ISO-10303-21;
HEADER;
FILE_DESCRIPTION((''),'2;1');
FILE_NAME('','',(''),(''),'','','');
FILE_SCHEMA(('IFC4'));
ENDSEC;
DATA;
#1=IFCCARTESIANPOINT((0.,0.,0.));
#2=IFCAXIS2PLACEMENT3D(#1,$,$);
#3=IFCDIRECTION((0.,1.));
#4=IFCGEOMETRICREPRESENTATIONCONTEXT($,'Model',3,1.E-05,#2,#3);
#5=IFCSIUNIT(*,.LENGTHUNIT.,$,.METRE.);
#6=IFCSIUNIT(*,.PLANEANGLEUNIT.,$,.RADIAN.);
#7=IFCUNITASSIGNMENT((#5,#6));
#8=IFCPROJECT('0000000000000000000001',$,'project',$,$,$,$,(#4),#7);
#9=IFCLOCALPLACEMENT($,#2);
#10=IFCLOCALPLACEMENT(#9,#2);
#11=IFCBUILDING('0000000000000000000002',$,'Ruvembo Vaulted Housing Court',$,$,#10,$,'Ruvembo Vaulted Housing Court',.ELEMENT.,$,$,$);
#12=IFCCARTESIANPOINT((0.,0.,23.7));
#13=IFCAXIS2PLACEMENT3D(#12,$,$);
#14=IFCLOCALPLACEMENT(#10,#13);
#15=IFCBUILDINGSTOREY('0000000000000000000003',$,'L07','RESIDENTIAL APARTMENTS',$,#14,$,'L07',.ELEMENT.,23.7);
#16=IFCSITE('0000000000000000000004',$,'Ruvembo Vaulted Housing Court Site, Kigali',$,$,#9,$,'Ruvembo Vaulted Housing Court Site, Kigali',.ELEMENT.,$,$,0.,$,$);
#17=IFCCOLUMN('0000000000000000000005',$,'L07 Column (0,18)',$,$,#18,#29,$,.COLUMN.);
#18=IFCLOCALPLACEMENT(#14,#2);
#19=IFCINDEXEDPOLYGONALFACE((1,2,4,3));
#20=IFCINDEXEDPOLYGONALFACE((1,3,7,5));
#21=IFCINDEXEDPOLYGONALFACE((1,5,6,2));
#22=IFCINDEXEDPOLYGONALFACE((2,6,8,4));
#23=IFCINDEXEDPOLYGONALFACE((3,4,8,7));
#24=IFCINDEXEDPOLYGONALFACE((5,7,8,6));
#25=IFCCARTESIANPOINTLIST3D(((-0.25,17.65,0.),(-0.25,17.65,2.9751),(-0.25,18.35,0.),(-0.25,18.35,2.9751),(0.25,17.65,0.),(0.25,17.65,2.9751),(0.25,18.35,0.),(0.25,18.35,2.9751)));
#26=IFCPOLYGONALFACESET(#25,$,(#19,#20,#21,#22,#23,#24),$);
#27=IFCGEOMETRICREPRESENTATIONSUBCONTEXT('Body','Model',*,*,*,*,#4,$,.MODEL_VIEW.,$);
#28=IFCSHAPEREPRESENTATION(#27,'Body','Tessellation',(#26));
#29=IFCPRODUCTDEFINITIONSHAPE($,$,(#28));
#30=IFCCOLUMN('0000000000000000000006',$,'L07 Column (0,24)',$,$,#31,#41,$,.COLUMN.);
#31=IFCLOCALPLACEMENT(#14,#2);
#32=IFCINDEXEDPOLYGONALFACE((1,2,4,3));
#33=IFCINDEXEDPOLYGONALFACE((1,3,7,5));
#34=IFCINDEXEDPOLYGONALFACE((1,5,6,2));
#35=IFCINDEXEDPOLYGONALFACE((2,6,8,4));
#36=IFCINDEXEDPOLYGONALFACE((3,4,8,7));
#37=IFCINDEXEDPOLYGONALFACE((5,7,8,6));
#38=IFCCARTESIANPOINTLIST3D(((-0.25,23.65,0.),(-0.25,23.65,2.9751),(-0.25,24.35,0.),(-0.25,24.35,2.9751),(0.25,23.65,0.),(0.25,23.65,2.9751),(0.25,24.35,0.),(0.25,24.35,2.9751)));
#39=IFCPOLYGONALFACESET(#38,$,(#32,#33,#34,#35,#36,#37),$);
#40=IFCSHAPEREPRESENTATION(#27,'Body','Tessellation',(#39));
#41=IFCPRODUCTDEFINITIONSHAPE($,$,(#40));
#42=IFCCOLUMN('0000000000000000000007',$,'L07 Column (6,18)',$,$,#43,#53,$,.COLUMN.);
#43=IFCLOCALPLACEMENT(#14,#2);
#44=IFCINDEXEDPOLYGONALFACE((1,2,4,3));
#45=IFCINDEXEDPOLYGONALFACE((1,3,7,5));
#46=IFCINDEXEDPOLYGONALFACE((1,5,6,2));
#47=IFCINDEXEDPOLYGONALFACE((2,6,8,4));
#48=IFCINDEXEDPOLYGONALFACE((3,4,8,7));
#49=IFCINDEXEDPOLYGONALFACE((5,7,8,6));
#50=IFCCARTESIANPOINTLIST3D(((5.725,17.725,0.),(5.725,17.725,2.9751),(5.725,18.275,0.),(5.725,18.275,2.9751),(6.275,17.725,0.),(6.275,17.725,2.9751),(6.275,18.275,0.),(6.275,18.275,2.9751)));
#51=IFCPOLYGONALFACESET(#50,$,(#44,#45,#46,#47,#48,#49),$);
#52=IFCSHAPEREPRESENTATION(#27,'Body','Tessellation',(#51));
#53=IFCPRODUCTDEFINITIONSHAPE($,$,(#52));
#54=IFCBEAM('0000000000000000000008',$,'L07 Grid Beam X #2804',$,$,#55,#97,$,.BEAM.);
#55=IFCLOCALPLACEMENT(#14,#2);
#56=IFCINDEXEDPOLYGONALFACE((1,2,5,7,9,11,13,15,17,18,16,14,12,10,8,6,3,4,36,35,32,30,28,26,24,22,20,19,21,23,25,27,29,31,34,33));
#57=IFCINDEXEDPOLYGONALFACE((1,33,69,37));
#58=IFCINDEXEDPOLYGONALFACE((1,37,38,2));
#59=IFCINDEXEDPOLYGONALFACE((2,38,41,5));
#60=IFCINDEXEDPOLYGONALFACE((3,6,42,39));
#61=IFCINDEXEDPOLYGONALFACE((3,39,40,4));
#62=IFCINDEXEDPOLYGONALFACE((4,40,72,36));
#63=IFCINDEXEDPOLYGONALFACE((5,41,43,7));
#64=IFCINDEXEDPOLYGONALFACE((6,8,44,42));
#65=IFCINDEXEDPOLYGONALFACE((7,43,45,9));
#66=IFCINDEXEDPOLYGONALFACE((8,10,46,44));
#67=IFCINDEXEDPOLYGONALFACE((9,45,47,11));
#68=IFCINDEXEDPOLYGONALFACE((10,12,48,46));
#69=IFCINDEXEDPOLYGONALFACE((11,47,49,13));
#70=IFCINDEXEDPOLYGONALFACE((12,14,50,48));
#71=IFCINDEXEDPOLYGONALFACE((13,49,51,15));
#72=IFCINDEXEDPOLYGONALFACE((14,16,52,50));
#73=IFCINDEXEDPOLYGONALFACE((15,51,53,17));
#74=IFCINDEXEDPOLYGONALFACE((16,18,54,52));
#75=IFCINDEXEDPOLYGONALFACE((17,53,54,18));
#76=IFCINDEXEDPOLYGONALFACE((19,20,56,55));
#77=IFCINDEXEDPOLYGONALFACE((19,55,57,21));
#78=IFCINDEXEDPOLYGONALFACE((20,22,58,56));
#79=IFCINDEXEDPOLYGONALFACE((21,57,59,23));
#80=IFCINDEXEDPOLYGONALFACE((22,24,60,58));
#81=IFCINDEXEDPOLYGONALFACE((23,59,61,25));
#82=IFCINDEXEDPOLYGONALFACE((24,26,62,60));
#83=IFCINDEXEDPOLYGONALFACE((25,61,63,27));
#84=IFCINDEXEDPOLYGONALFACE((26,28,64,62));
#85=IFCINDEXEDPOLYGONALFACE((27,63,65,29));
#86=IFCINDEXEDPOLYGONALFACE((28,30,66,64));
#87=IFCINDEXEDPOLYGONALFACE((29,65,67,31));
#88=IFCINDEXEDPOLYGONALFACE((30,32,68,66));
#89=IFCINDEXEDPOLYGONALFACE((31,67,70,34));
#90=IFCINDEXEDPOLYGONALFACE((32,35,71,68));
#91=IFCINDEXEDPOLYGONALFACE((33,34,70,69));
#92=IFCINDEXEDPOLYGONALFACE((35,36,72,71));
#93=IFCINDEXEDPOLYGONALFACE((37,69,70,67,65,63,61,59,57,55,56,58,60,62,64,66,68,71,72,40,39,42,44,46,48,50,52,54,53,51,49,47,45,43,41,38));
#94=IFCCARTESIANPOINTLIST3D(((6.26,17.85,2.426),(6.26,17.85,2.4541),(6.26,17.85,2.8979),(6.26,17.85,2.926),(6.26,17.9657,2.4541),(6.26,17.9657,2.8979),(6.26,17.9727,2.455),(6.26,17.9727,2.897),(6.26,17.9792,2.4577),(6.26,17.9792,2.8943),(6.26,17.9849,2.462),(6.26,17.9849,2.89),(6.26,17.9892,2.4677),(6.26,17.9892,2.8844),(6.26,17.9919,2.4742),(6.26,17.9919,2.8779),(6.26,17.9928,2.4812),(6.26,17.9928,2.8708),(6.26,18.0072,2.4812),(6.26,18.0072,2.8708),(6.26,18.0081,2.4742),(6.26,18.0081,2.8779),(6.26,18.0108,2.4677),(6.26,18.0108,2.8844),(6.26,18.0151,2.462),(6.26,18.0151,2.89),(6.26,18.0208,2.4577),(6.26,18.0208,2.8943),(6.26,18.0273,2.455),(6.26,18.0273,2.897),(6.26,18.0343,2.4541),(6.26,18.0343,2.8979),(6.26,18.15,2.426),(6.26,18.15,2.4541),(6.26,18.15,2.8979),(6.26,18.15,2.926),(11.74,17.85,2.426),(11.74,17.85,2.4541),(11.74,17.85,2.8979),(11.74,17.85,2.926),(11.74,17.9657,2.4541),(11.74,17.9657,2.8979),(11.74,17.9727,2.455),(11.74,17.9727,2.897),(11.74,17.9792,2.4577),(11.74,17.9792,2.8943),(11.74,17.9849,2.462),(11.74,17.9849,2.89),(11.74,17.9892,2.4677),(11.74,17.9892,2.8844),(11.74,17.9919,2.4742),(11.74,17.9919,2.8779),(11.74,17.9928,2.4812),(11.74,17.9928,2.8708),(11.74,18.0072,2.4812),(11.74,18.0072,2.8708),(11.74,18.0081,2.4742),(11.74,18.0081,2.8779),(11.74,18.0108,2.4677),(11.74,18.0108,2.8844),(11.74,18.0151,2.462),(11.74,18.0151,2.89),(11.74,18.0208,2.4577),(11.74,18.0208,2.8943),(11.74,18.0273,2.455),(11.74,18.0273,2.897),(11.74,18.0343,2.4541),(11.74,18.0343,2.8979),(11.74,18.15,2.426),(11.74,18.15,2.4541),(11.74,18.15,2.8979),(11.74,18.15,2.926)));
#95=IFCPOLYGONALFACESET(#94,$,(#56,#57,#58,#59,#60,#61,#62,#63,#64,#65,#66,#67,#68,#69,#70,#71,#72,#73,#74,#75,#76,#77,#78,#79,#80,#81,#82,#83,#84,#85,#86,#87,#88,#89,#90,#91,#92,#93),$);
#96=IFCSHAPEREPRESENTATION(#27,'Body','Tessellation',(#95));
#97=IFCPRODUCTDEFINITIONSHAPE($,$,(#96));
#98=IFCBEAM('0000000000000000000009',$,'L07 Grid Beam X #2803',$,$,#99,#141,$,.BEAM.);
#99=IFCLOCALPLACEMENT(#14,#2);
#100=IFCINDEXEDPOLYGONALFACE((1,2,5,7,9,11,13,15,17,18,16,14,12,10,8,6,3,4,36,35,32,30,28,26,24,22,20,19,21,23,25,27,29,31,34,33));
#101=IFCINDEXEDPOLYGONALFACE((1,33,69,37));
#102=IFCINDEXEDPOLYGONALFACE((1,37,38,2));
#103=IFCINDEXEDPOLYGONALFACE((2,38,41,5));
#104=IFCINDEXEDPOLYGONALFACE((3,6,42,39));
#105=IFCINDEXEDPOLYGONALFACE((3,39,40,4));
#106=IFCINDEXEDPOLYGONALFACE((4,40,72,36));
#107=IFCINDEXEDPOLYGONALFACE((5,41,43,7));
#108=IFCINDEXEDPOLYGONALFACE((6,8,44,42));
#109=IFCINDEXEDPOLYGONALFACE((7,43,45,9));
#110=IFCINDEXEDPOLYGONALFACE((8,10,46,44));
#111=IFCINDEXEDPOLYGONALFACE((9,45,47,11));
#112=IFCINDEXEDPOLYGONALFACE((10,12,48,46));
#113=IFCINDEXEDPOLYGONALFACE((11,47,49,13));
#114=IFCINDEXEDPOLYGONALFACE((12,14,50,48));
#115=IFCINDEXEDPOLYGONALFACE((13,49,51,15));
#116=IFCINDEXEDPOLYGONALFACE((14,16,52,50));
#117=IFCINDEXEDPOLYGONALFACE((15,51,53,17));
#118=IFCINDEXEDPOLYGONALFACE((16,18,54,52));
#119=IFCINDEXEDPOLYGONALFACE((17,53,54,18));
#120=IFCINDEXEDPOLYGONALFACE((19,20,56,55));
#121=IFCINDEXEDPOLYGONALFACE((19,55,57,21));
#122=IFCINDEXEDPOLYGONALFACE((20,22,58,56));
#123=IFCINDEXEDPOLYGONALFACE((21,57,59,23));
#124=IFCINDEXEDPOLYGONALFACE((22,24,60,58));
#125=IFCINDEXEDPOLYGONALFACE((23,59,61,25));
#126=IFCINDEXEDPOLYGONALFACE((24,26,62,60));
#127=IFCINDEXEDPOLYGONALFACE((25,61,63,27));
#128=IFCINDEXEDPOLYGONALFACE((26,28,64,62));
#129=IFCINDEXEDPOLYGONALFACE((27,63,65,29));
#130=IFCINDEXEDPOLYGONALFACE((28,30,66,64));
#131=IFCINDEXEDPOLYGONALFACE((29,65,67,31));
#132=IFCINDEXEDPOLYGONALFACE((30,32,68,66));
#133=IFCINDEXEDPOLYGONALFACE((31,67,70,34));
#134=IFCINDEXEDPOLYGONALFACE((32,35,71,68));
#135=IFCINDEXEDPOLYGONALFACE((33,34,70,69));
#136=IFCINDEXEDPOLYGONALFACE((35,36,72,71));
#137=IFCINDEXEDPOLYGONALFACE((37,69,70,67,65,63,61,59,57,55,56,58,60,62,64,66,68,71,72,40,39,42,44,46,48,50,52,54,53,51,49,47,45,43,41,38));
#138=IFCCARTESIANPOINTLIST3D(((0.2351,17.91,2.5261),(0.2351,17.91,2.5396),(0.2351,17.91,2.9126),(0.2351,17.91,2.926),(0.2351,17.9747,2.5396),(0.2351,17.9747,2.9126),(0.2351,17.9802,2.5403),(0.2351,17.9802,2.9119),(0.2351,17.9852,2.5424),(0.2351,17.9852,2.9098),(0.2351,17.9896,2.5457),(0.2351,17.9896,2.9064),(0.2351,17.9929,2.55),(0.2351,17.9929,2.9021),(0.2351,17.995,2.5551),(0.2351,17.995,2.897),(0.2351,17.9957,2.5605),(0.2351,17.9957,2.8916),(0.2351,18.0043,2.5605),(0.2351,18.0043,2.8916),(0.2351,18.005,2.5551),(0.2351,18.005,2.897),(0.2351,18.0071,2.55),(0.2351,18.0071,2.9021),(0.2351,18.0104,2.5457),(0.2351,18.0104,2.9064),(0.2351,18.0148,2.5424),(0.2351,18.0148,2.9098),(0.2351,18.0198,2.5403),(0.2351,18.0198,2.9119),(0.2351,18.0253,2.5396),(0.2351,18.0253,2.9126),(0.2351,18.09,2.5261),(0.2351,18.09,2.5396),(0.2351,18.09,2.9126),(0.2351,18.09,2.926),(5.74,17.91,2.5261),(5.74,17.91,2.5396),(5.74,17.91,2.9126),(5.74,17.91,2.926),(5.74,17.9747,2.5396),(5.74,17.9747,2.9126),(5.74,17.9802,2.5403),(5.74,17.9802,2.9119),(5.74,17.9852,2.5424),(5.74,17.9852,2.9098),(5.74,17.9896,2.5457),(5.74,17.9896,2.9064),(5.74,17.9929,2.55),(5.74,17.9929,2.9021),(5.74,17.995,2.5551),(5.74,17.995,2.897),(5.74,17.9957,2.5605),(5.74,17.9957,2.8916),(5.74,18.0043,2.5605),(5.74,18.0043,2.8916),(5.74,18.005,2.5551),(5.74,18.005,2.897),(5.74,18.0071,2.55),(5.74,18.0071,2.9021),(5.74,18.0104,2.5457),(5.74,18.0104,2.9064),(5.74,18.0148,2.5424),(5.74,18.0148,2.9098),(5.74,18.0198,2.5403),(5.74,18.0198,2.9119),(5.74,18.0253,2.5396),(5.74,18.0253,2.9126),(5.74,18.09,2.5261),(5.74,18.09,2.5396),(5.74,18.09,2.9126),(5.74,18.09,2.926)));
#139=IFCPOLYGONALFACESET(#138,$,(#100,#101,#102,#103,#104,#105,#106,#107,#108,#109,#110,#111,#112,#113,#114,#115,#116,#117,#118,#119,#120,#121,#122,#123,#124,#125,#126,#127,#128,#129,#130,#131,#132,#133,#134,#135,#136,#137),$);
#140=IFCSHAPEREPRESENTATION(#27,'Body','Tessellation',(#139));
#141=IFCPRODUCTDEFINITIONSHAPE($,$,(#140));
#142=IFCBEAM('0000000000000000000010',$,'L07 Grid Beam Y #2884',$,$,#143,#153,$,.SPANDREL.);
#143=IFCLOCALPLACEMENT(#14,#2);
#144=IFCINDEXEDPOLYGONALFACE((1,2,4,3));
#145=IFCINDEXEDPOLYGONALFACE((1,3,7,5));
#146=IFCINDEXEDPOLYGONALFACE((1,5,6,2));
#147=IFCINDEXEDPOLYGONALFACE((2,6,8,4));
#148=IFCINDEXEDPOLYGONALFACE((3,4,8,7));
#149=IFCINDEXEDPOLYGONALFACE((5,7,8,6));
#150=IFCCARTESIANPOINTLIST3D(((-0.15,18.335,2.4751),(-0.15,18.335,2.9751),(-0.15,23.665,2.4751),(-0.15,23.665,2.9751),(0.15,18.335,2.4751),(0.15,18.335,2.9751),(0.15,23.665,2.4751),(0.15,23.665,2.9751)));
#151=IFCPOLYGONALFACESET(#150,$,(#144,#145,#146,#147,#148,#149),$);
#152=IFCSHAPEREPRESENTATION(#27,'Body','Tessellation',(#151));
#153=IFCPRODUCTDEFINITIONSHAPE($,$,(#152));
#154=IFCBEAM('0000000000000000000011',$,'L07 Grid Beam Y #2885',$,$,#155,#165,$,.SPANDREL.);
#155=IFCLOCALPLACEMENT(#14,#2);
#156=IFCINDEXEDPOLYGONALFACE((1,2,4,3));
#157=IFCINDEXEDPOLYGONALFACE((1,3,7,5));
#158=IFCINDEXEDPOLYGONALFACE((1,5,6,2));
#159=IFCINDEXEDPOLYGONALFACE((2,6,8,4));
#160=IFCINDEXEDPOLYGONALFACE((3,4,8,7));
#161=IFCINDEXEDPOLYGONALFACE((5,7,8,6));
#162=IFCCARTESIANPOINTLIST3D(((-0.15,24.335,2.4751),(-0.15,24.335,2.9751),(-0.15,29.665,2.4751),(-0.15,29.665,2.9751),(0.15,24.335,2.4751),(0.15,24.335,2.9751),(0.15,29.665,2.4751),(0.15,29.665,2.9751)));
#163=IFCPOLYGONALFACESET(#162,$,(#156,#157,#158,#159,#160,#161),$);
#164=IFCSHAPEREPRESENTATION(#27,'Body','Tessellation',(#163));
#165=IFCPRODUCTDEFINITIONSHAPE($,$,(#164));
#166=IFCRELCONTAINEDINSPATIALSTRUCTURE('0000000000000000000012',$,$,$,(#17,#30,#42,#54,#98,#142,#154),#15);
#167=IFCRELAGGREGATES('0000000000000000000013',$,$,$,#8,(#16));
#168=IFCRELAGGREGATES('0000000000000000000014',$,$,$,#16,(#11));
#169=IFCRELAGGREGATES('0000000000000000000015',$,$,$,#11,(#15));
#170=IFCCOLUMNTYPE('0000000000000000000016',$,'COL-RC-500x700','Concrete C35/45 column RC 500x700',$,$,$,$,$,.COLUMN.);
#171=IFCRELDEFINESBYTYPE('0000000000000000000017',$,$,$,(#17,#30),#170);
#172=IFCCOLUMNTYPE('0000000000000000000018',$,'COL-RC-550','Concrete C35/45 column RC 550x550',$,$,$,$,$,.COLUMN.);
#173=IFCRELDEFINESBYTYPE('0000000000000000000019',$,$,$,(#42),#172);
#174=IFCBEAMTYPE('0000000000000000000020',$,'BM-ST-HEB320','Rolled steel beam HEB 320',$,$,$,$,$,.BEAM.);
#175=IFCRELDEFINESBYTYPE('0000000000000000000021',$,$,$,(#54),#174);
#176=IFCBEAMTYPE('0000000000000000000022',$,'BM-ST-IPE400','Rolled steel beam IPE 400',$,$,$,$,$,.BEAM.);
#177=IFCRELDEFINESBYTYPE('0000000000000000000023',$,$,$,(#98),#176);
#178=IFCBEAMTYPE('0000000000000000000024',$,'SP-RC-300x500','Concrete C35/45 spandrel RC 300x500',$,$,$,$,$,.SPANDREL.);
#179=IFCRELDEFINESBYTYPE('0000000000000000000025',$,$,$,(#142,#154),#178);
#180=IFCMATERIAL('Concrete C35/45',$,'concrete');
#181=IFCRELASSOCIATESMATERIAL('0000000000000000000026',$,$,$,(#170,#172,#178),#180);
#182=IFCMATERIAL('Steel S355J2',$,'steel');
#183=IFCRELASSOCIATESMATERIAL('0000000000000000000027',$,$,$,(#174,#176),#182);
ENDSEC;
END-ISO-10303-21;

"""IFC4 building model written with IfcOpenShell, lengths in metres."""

from ifc_helpers import new_model, si_unit, direction, frame, origin, origin_2d, place, context, subcontext, project, spatial, rectangle, i_section, extrude, material, material_profile, profile_set, type_object, element, save


model = new_model("IFC4")

# Units and contexts
model_context = context("Model", 3, precision=1e-05, world=origin(), true_north=direction((0.0, 1.0)))
body_context = subcontext(model_context, "Body", "Model", "MODEL_VIEW")
ifc_project = project(units=[si_unit("LENGTHUNIT", "METRE"), si_unit("PLANEANGLEUNIT", "RADIAN")], contexts=[model_context])

# Site, building, storey
site_placement = place(None, origin())
site = spatial("IfcSite", under=ifc_project, at=site_placement, Name="Ruvembo Vaulted Housing Court Site, Kigali", LongName="Ruvembo Vaulted Housing Court Site, Kigali", CompositionType="ELEMENT", RefElevation=0.0)
building_placement = place(site_placement, origin())
building = spatial("IfcBuilding", under=site, at=building_placement, Name="Ruvembo Vaulted Housing Court", LongName="Ruvembo Vaulted Housing Court", CompositionType="ELEMENT")
storey_placement = place(building_placement, frame((0.0, 0.0, 23.7)))
storey = spatial("IfcBuildingStorey", under=building, at=storey_placement, Name="L07", Description="RESIDENTIAL APARTMENTS", LongName="L07", CompositionType="ELEMENT", Elevation=23.7)

# Columns
ifc_material_1 = material(Name="Concrete C35/45", Category="concrete")
ifc_material_profile_1 = material_profile(ifc_material_1, rectangle(XDim=0.5, YDim=0.7, at=origin_2d()), Name="RC 500x700")
ifc_profile_set_1 = profile_set([ifc_material_profile_1], Name="Concrete C35/45")
column_type_1 = type_object("IfcColumnType", Name="COL-RC-500x700", Description="Concrete C35/45 column RC 500x700", PredefinedType="COLUMN", material=ifc_profile_set_1)
for number, where, z_axis, x_axis, name in (
    (1, (0.0, 18.0, 0.0), (0.0, 0.0, 1.0), (1.0, 0.0, 0.0), "L07 Column (0,18)"),
    (2, (0.0, 24.0, 0.0), (0.0, 0.0, 1.0), (1.0, 0.0, 0.0), "L07 Column (0,24)"),
):
    element("IfcColumn", number, at=place(storey_placement, frame(where, z_axis=z_axis, x_axis=x_axis)), inside=storey, type_object=column_type_1, Name=name, PredefinedType="COLUMN", context=body_context, shape_type="SweptSolid", body=[
        extrude(rectangle(XDim=0.5, YDim=0.7, at=origin_2d()), origin(), (0.0, 0.0, 1.0), 2.9751),
    ])
ifc_material_profile_2 = material_profile(ifc_material_1, rectangle(XDim=0.55, YDim=0.55, at=origin_2d()), Name="RC 550x550")
ifc_profile_set_2 = profile_set([ifc_material_profile_2], Name="Concrete C35/45")
column_type_2 = type_object("IfcColumnType", Name="COL-RC-550", Description="Concrete C35/45 column RC 550x550", PredefinedType="COLUMN", material=ifc_profile_set_2)
column_placement = place(storey_placement, frame((6.0, 18.0, 0.0), z_axis=(0.0, 0.0, 1.0), x_axis=(1.0, 0.0, 0.0)))
element("IfcColumn", 3, at=column_placement, inside=storey, type_object=column_type_2, Name="L07 Column (6,18)", PredefinedType="COLUMN", context=body_context, shape_type="SweptSolid", body=[
    extrude(rectangle(XDim=0.55, YDim=0.55, at=origin_2d()), origin(), (0.0, 0.0, 1.0), 2.9751),
])

# Beams
ifc_material_2 = material(Name="Steel S355J2", Category="steel")
ifc_material_profile_3 = material_profile(ifc_material_2, i_section(OverallWidth=0.3, OverallDepth=0.5, WebThickness=0.0144, FlangeThickness=0.0281, FilletRadius=0.0271, at=origin_2d()), Name="HEB 320")
ifc_profile_set_3 = profile_set([ifc_material_profile_3], Name="Steel S355J2")
beam_type_1 = type_object("IfcBeamType", Name="BM-ST-HEB320", Description="Rolled steel beam HEB 320", PredefinedType="BEAM", material=ifc_profile_set_3)
beam_1_placement = place(storey_placement, frame((6.26, 18.0, 2.676), z_axis=(1.0, 0.0, 0.0), x_axis=(0.0, 1.0, 0.0)))
element("IfcBeam", 4, at=beam_1_placement, inside=storey, type_object=beam_type_1, Name="L07 Grid Beam X #2804", PredefinedType="BEAM", context=body_context, shape_type="SweptSolid", body=[
    extrude(i_section(OverallWidth=0.3, OverallDepth=0.5, WebThickness=0.0144, FlangeThickness=0.0281, FilletRadius=0.0271, at=origin_2d()), origin(), (0.0, 0.0, 1.0), 5.48),
])
ifc_material_profile_4 = material_profile(ifc_material_2, i_section(OverallWidth=0.1799, OverallDepth=0.3999, WebThickness=0.0085, FlangeThickness=0.0134, FilletRadius=0.021, at=origin_2d()), Name="IPE 400")
ifc_profile_set_4 = profile_set([ifc_material_profile_4], Name="Steel S355J2")
beam_type_2 = type_object("IfcBeamType", Name="BM-ST-IPE400", Description="Rolled steel beam IPE 400", PredefinedType="BEAM", material=ifc_profile_set_4)
beam_2_placement = place(storey_placement, frame((0.2351, 18.0, 2.7261), z_axis=(1.0, 0.0, 0.0), x_axis=(0.0, 1.0, 0.0)))
element("IfcBeam", 5, at=beam_2_placement, inside=storey, type_object=beam_type_2, Name="L07 Grid Beam X #2803", PredefinedType="BEAM", context=body_context, shape_type="SweptSolid", body=[
    extrude(i_section(OverallWidth=0.1799, OverallDepth=0.3999, WebThickness=0.0085, FlangeThickness=0.0134, FilletRadius=0.021, at=origin_2d()), origin(), (0.0, 0.0, 1.0), 5.5049),
])
ifc_material_profile_5 = material_profile(ifc_material_1, rectangle(XDim=0.3, YDim=0.5, at=origin_2d()), Name="RC 300x500")
ifc_profile_set_5 = profile_set([ifc_material_profile_5], Name="Concrete C35/45")
beam_type_3 = type_object("IfcBeamType", Name="SP-RC-300x500", Description="Concrete C35/45 spandrel RC 300x500", PredefinedType="SPANDREL", material=ifc_profile_set_5)
for number, where, z_axis, x_axis, name in (
    (6, (0.0, 18.335, 2.7251), (0.0, 1.0, 0.0), (-1.0, 0.0, 0.0), "L07 Grid Beam Y #2884"),
    (7, (0.0, 24.335, 2.7251), (0.0, 1.0, 0.0), (-1.0, 0.0, 0.0), "L07 Grid Beam Y #2885"),
):
    element("IfcBeam", number, at=place(storey_placement, frame(where, z_axis=z_axis, x_axis=x_axis)), inside=storey, type_object=beam_type_3, Name=name, PredefinedType="SPANDREL", context=body_context, shape_type="SweptSolid", body=[
        extrude(rectangle(XDim=0.3, YDim=0.5, at=origin_2d()), origin(), (0.0, 0.0, 1.0), 5.3301),
    ])

save(model, "model.ifc")
